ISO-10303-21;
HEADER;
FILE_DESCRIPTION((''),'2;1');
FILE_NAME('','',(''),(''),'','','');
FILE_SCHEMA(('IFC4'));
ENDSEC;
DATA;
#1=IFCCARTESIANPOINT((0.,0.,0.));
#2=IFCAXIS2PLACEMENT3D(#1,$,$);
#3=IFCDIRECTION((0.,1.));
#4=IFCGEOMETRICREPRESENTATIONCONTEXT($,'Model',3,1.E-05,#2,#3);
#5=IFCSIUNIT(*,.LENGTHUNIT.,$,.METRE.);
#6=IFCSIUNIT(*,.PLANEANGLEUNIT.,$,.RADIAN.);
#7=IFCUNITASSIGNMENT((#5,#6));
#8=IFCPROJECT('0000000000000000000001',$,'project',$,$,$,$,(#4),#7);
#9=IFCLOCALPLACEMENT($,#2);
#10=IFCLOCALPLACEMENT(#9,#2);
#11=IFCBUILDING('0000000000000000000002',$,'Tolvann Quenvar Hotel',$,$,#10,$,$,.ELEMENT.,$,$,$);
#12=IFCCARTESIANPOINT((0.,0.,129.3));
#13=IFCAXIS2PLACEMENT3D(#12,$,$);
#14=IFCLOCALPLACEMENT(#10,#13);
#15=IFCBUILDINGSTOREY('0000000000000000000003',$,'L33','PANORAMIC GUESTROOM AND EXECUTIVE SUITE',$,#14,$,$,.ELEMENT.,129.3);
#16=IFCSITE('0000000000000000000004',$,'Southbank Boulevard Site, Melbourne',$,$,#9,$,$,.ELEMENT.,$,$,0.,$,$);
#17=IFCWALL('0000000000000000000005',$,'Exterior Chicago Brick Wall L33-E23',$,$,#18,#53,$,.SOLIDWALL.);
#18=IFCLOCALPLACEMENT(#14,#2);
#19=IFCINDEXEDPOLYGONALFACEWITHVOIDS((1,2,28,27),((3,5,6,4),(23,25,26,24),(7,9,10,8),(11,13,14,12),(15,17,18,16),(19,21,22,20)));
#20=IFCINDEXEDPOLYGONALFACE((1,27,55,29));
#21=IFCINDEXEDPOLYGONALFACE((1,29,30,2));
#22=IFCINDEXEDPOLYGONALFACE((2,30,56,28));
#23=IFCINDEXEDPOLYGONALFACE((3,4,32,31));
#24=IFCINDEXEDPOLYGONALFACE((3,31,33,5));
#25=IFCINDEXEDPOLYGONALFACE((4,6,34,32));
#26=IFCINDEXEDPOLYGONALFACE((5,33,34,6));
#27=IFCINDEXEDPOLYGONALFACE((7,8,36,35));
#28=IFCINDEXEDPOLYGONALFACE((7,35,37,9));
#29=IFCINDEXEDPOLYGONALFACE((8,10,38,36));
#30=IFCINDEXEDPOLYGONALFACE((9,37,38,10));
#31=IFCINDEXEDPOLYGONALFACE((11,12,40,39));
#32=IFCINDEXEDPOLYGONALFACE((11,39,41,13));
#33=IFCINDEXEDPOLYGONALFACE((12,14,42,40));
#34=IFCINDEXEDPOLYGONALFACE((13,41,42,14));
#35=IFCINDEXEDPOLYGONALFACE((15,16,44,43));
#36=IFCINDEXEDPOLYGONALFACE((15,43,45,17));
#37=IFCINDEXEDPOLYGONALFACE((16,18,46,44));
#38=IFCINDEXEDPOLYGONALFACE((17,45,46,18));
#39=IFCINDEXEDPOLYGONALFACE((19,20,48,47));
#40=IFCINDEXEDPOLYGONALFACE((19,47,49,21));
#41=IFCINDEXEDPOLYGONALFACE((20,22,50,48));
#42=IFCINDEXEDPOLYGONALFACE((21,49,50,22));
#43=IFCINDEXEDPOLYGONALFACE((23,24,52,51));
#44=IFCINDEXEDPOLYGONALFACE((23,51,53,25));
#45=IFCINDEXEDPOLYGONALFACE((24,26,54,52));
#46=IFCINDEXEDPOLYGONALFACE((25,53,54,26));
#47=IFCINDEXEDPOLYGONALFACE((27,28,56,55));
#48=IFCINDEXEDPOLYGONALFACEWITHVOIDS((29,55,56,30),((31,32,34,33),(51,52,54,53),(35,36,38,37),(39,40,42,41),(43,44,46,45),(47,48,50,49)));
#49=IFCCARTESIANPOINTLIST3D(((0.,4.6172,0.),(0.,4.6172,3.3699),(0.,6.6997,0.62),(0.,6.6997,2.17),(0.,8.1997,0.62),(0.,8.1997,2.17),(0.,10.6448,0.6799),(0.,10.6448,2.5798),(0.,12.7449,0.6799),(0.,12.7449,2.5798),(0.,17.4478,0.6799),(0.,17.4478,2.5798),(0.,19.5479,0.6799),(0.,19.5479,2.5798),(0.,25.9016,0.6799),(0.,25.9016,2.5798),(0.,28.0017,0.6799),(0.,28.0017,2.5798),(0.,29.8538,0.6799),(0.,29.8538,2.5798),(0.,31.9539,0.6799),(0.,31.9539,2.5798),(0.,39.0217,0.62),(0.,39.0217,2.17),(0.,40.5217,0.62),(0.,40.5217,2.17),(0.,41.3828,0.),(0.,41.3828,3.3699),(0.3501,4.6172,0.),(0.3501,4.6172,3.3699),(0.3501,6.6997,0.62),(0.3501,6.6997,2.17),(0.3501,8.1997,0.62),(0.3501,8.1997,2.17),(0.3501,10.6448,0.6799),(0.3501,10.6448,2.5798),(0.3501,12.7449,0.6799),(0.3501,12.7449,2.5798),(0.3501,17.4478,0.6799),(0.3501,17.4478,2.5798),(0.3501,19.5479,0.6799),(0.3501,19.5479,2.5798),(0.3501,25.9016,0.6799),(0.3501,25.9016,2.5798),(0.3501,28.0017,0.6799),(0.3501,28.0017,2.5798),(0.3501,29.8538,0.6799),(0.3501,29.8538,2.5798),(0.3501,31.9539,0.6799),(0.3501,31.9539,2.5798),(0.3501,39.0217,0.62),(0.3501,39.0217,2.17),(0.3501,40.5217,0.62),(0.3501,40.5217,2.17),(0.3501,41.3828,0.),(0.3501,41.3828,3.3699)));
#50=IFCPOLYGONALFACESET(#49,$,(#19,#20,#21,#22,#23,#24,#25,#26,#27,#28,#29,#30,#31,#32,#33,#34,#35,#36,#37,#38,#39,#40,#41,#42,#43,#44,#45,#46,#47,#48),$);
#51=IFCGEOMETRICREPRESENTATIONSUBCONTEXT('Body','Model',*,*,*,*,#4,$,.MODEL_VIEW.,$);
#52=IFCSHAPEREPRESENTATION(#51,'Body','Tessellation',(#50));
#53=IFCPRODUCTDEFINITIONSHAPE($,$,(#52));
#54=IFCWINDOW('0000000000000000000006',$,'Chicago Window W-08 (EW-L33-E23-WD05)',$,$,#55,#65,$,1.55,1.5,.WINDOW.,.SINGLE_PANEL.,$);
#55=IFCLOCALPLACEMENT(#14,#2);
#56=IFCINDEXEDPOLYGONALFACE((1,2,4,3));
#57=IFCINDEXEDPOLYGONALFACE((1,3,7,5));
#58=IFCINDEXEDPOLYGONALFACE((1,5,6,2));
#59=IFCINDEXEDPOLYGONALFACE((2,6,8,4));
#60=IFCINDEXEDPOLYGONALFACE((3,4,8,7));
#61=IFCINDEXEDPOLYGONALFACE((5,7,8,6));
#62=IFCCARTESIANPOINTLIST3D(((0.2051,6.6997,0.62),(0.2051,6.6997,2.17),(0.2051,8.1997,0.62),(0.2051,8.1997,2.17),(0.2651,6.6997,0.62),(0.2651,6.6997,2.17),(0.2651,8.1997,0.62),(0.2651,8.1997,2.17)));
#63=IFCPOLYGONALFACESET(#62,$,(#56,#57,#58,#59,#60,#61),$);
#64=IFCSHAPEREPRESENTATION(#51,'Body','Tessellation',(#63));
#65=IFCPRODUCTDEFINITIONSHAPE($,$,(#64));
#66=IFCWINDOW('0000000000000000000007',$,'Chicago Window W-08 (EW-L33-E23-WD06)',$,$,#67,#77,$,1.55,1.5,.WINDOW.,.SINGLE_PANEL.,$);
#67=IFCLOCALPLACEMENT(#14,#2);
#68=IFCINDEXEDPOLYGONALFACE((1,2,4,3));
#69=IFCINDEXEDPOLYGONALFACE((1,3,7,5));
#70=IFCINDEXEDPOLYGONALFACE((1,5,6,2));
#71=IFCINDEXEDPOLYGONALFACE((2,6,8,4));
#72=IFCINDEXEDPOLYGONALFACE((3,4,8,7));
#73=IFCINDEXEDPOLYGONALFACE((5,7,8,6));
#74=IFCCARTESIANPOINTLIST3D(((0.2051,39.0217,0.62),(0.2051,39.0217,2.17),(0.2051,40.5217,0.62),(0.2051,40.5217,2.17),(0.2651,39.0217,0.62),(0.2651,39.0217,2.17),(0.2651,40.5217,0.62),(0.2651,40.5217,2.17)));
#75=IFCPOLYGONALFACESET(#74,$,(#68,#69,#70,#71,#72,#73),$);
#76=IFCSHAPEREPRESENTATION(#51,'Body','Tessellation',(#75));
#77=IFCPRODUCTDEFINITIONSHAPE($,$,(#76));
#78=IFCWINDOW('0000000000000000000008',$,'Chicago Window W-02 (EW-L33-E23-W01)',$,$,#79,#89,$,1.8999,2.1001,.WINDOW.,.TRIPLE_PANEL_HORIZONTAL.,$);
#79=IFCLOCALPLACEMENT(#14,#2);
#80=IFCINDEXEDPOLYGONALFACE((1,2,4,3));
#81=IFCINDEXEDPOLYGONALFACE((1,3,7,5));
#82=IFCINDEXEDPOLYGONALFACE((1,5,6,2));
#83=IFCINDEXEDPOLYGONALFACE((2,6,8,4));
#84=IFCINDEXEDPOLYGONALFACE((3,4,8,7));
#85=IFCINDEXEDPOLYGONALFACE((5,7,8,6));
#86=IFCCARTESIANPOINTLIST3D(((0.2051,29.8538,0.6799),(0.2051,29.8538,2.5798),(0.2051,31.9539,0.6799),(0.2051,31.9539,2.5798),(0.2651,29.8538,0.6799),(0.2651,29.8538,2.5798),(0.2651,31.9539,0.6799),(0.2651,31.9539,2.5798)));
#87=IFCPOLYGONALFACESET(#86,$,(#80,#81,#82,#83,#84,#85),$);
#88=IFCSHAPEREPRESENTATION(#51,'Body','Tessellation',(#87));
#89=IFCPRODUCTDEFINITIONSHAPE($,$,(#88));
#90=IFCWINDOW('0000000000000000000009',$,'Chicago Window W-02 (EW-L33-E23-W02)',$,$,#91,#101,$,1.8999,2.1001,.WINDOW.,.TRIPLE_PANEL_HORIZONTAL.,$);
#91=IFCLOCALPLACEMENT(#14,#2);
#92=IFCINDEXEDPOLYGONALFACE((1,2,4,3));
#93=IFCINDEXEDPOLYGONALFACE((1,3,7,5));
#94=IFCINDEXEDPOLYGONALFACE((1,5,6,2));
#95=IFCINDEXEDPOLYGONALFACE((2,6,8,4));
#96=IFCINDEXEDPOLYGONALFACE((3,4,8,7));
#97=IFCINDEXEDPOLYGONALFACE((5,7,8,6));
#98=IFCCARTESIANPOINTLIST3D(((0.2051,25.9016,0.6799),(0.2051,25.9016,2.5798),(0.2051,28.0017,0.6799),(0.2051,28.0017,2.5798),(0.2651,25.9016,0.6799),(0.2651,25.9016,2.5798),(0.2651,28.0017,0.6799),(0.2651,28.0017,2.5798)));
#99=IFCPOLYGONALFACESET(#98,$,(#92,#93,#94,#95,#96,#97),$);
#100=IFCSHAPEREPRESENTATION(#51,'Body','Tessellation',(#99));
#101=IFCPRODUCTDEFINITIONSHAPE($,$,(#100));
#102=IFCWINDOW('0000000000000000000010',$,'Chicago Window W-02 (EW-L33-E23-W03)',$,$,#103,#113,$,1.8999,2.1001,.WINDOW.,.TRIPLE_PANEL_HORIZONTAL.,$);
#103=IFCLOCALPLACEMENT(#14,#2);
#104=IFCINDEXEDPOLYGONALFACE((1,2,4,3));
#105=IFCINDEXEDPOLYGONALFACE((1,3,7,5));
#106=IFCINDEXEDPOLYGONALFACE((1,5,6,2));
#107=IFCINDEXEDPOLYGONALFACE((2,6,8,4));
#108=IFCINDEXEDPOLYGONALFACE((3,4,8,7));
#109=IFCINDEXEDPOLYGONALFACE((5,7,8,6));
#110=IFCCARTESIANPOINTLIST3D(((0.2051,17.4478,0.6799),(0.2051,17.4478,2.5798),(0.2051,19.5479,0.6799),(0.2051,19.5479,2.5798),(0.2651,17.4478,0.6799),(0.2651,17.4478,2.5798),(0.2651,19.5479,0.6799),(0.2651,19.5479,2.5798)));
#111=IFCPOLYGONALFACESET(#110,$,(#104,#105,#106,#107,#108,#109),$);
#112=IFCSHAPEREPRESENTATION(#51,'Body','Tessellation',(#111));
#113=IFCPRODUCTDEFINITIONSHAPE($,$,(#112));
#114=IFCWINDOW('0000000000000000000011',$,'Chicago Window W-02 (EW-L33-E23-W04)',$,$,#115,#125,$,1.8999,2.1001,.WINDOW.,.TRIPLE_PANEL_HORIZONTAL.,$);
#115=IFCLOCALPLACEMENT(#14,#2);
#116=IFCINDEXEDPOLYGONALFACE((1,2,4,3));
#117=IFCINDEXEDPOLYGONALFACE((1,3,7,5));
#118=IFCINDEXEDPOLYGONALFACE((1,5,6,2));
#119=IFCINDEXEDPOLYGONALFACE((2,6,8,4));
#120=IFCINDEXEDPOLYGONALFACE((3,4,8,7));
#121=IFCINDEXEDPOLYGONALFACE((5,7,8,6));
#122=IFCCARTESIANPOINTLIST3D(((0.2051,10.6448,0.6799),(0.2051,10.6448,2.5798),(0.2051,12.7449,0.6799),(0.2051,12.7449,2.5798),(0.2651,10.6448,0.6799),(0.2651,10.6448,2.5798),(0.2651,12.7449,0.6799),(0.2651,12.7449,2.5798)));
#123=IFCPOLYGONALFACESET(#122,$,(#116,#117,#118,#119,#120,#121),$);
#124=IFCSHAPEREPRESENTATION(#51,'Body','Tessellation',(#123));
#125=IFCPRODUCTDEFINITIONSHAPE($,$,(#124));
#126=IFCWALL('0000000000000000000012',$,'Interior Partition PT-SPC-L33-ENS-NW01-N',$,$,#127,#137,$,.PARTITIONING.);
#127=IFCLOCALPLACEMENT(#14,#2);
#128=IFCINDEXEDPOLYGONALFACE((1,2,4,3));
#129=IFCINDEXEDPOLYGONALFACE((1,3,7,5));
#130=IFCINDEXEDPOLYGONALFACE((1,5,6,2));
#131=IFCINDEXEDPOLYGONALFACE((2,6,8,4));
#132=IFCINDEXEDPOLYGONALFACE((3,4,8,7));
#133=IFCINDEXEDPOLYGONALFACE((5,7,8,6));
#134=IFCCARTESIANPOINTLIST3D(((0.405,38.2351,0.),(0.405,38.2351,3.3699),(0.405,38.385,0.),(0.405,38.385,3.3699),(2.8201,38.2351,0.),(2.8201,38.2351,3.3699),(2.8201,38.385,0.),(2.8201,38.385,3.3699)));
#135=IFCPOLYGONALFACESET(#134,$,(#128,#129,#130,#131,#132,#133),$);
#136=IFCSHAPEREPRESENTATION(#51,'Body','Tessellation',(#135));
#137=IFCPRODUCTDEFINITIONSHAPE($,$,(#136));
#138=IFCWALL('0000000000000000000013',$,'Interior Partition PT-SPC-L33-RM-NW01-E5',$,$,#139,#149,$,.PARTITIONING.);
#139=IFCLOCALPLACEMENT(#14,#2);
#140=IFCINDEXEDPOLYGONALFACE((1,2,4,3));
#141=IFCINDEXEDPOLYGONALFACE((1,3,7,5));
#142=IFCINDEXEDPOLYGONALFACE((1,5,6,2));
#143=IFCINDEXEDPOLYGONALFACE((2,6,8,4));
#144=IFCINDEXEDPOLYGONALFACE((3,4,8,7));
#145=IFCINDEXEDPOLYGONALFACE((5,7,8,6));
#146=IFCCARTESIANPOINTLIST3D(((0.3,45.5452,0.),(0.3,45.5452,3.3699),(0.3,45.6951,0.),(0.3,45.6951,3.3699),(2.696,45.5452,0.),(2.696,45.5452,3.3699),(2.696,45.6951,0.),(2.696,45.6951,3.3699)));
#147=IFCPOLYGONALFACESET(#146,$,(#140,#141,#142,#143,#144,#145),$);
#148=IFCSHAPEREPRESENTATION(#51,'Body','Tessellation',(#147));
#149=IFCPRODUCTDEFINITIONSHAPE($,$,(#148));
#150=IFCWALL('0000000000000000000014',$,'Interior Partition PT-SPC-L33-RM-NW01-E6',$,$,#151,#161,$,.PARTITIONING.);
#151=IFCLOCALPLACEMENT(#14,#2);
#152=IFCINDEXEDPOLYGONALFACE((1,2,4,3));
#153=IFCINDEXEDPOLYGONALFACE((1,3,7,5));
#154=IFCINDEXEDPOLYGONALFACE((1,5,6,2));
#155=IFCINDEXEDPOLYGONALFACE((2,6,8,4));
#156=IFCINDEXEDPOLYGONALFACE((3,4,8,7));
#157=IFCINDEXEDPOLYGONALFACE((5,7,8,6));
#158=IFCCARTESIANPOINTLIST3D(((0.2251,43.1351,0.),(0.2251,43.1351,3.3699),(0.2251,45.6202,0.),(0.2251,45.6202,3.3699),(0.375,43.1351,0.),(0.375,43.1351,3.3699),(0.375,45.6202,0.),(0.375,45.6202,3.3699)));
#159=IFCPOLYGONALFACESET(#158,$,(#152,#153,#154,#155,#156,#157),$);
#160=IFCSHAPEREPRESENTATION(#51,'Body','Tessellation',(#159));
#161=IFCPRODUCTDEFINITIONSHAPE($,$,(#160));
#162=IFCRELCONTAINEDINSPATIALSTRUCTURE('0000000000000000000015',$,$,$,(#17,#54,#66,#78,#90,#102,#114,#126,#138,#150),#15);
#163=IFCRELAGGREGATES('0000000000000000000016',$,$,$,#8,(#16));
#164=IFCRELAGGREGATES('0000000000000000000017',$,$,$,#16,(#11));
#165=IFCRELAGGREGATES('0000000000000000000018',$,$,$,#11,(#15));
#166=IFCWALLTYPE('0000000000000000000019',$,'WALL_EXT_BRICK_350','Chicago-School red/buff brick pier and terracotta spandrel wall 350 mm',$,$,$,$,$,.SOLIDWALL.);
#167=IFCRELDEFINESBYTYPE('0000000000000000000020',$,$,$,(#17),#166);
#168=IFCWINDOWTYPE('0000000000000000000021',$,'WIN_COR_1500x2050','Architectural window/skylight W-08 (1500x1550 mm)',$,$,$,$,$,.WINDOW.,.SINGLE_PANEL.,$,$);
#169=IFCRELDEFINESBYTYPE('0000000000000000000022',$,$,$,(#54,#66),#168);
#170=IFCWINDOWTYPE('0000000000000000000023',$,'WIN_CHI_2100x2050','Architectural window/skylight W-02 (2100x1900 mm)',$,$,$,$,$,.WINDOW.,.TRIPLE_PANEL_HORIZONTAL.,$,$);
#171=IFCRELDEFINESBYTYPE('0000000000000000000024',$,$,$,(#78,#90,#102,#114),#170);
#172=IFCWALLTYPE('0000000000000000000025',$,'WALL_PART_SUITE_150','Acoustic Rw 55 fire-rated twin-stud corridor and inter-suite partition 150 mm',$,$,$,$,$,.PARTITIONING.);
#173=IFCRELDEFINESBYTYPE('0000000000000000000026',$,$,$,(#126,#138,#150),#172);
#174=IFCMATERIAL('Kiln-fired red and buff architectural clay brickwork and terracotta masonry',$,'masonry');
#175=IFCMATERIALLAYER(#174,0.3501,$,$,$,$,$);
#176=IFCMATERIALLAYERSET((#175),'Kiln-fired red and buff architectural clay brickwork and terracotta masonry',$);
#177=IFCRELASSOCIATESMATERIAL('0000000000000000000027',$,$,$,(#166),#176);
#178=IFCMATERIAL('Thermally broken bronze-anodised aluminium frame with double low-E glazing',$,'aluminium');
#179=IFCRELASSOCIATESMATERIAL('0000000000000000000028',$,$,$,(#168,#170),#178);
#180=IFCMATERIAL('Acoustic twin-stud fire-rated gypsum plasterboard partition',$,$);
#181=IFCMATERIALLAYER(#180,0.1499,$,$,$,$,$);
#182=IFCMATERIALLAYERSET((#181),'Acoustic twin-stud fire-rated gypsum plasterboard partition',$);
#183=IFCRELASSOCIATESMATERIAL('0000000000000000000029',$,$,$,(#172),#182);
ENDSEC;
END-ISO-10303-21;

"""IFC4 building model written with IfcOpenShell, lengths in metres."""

from ifc_helpers import new_model, si_unit, direction, frame, frame_2d, origin, place, context, subcontext, project, spatial, rectangle, extrude, source, transform, mapped, material, layer, layer_set, type_object, type_shapes, element, fill, save


model = new_model("IFC4")

# Units and contexts
model_context = context("Model", 3, precision=1e-05, world=origin(), true_north=direction((0.0, 1.0)))
body_context = subcontext(model_context, "Body", "Model", "MODEL_VIEW")
ifc_project = project(units=[si_unit("LENGTHUNIT", "METRE"), si_unit("PLANEANGLEUNIT", "RADIAN")], contexts=[model_context])

# Site, building, storey
site_placement = place(None, origin())
site = spatial("IfcSite", under=ifc_project, at=site_placement, Name="Southbank Boulevard Site, Melbourne", CompositionType="ELEMENT", RefElevation=0.0)
building_placement = place(site_placement, origin())
building = spatial("IfcBuilding", under=site, at=building_placement, Name="Tolvann Quenvar Hotel", CompositionType="ELEMENT")
storey_placement = place(building_placement, frame((0.0, 0.0, 129.3)))
storey = spatial("IfcBuildingStorey", under=building, at=storey_placement, Name="L33", Description="PANORAMIC GUESTROOM AND EXECUTIVE SUITE", CompositionType="ELEMENT", Elevation=129.3)

# Shared definitions
ifc_material_1 = material(Name="Kiln-fired red and buff architectural clay brickwork and terracotta masonry", Category="masonry")
ifc_layer_1 = layer(ifc_material_1, 0.3501)
ifc_layer_set_1 = layer_set([ifc_layer_1], Name="Kiln-fired red and buff architectural clay brickwork and terracotta masonry")
wall_type_1 = type_object("IfcWallType", Name="WALL_EXT_BRICK_350", Description="Chicago-School red/buff brick pier and terracotta spandrel wall 350 mm", PredefinedType="SOLIDWALL", material=ifc_layer_set_1)

# Wall, openings, windows
wall_1_placement = place(storey_placement, frame((0.175, 41.3828, 0.0), z_axis=(0.0, 0.0, 1.0), x_axis=(0.0, -1.0, 0.0)))
wall_1 = element("IfcWall", 1, at=wall_1_placement, inside=storey, type_object=wall_type_1, Name="Exterior Chicago Brick Wall L33-E23", PredefinedType="SOLIDWALL", context=body_context, shape_type="SweptSolid", body=[
    extrude(rectangle(XDim=36.7656, YDim=0.3501, at=frame_2d((18.3828, 0.0))), origin(), (0.0, 0.0, 1.0), 3.3699),
])
opening_1_placement = place(wall_1_placement, frame((9.429, 0.0, 0.6799)))
opening_1 = element("IfcOpeningElement", 2, at=opening_1_placement, cuts=wall_1, PredefinedType="OPENING", context=body_context, shape_type="SweptSolid", body=[
    extrude(rectangle(XDim=2.1001, YDim=1.8999, at=frame_2d((1.05, 0.95))), frame((0.0, 0.1851, 0.0), z_axis=(0.0, -1.0, 0.0), x_axis=(1.0, 0.0, 0.0)), (0.0, 0.0, 1.0), 0.3701),
])
opening_2_placement = place(wall_1_placement, frame((13.3811, 0.0, 0.6799)))
opening_2 = element("IfcOpeningElement", 3, at=opening_2_placement, cuts=wall_1, PredefinedType="OPENING", context=body_context, shape_type="SweptSolid", body=[
    extrude(rectangle(XDim=2.1001, YDim=1.8999, at=frame_2d((1.05, 0.95))), frame((0.0, 0.1851, 0.0), z_axis=(0.0, -1.0, 0.0), x_axis=(1.0, 0.0, 0.0)), (0.0, 0.0, 1.0), 0.3701),
])
opening_3_placement = place(wall_1_placement, frame((21.835, 0.0, 0.6799)))
opening_3 = element("IfcOpeningElement", 4, at=opening_3_placement, cuts=wall_1, PredefinedType="OPENING", context=body_context, shape_type="SweptSolid", body=[
    extrude(rectangle(XDim=2.1001, YDim=1.8999, at=frame_2d((1.05, 0.95))), frame((0.0, 0.1851, 0.0), z_axis=(0.0, -1.0, 0.0), x_axis=(1.0, 0.0, 0.0)), (0.0, 0.0, 1.0), 0.3701),
])
opening_4_placement = place(wall_1_placement, frame((28.6379, 0.0, 0.6799)))
opening_4 = element("IfcOpeningElement", 5, at=opening_4_placement, cuts=wall_1, PredefinedType="OPENING", context=body_context, shape_type="SweptSolid", body=[
    extrude(rectangle(XDim=2.1001, YDim=1.8999, at=frame_2d((1.05, 0.95))), frame((0.0, 0.1851, 0.0), z_axis=(0.0, -1.0, 0.0), x_axis=(1.0, 0.0, 0.0)), (0.0, 0.0, 1.0), 0.3701),
])
opening_5_placement = place(wall_1_placement, frame((33.1831, 0.0, 0.6201)))
opening_5 = element("IfcOpeningElement", 6, at=opening_5_placement, cuts=wall_1, PredefinedType="OPENING", context=body_context, shape_type="SweptSolid", body=[
    extrude(rectangle(XDim=1.5, YDim=1.55, at=frame_2d((0.75, 0.7749))), frame((0.0, 0.1851, 0.0), z_axis=(0.0, -1.0, 0.0), x_axis=(1.0, 0.0, 0.0)), (0.0, 0.0, 1.0), 0.3701),
])
opening_6_placement = place(wall_1_placement, frame((0.8611, 0.0, 0.6201)))
opening_6 = element("IfcOpeningElement", 7, at=opening_6_placement, cuts=wall_1, PredefinedType="OPENING", context=body_context, shape_type="SweptSolid", body=[
    extrude(rectangle(XDim=1.5, YDim=1.55, at=frame_2d((0.75, 0.7749))), frame((0.0, 0.1851, 0.0), z_axis=(0.0, -1.0, 0.0), x_axis=(1.0, 0.0, 0.0)), (0.0, 0.0, 1.0), 0.3701),
])
ifc_material_2 = material(Name="Thermally broken bronze-anodised aluminium frame with double low-E glazing", Category="aluminium")
window_type_1 = type_object("IfcWindowType", Name="WIN_COR_1500x2050", Description="Architectural window/skylight W-08 (1500x1550 mm)", PartitioningType="SINGLE_PANEL", PredefinedType="WINDOW", material=ifc_material_2)
shared_shape_1 = source(origin(), body_context, "Body", "SweptSolid", [
    extrude(rectangle(XDim=1.5, YDim=1.55, at=frame_2d((0.75, 0.7749))), frame((0.0, 0.0901, 0.0), z_axis=(0.0, -1.0, 0.0), x_axis=(1.0, 0.0, 0.0)), (0.0, 0.0, 1.0), 0.0601),
])
type_shapes(window_type_1, [shared_shape_1])
window_1_placement = place(opening_5_placement, origin())
window_1 = element("IfcWindow", 8, at=window_1_placement, inside=storey, type_object=window_type_1, Name="Chicago Window W-08 (EW-L33-E23-WD05)", OverallHeight=1.55, OverallWidth=1.5, PartitioningType="SINGLE_PANEL", PredefinedType="WINDOW", context=body_context, shape_type="MappedRepresentation", body=[
    mapped(shared_shape_1, transform((0.0, 0.0, 0.0), x_axis=(1.0, 0.0, 0.0), y_axis=(0.0, 1.0, 0.0), z_axis=(0.0, 0.0, 1.0), scale=1.0)),
])
fill(opening_5, window_1)
window_2_placement = place(opening_6_placement, origin())
window_2 = element("IfcWindow", 9, at=window_2_placement, inside=storey, type_object=window_type_1, Name="Chicago Window W-08 (EW-L33-E23-WD06)", OverallHeight=1.55, OverallWidth=1.5, PartitioningType="SINGLE_PANEL", PredefinedType="WINDOW", context=body_context, shape_type="MappedRepresentation", body=[
    mapped(shared_shape_1, transform((0.0, 0.0, 0.0), x_axis=(1.0, 0.0, 0.0), y_axis=(0.0, 1.0, 0.0), z_axis=(0.0, 0.0, 1.0), scale=1.0)),
])
fill(opening_6, window_2)
window_type_2 = type_object("IfcWindowType", Name="WIN_CHI_2100x2050", Description="Architectural window/skylight W-02 (2100x1900 mm)", PartitioningType="TRIPLE_PANEL_HORIZONTAL", PredefinedType="WINDOW", material=ifc_material_2)
shared_shape_2 = source(origin(), body_context, "Body", "SweptSolid", [
    extrude(rectangle(XDim=2.1001, YDim=1.8999, at=frame_2d((1.05, 0.95))), frame((0.0, 0.0901, 0.0), z_axis=(0.0, -1.0, 0.0), x_axis=(1.0, 0.0, 0.0)), (0.0, 0.0, 1.0), 0.0601),
])
type_shapes(window_type_2, [shared_shape_2])
window_3_placement = place(opening_1_placement, origin())
window_3 = element("IfcWindow", 10, at=window_3_placement, inside=storey, type_object=window_type_2, Name="Chicago Window W-02 (EW-L33-E23-W01)", OverallHeight=1.8999, OverallWidth=2.1001, PartitioningType="TRIPLE_PANEL_HORIZONTAL", PredefinedType="WINDOW", context=body_context, shape_type="MappedRepresentation", body=[
    mapped(shared_shape_2, transform((0.0, 0.0, 0.0), x_axis=(1.0, 0.0, 0.0), y_axis=(0.0, 1.0, 0.0), z_axis=(0.0, 0.0, 1.0), scale=1.0)),
])
fill(opening_1, window_3)
window_4_placement = place(opening_2_placement, origin())
window_4 = element("IfcWindow", 11, at=window_4_placement, inside=storey, type_object=window_type_2, Name="Chicago Window W-02 (EW-L33-E23-W02)", OverallHeight=1.8999, OverallWidth=2.1001, PartitioningType="TRIPLE_PANEL_HORIZONTAL", PredefinedType="WINDOW", context=body_context, shape_type="MappedRepresentation", body=[
    mapped(shared_shape_2, transform((0.0, 0.0, 0.0), x_axis=(1.0, 0.0, 0.0), y_axis=(0.0, 1.0, 0.0), z_axis=(0.0, 0.0, 1.0), scale=1.0)),
])
fill(opening_2, window_4)
window_5_placement = place(opening_3_placement, origin())
window_5 = element("IfcWindow", 12, at=window_5_placement, inside=storey, type_object=window_type_2, Name="Chicago Window W-02 (EW-L33-E23-W03)", OverallHeight=1.8999, OverallWidth=2.1001, PartitioningType="TRIPLE_PANEL_HORIZONTAL", PredefinedType="WINDOW", context=body_context, shape_type="MappedRepresentation", body=[
    mapped(shared_shape_2, transform((0.0, 0.0, 0.0), x_axis=(1.0, 0.0, 0.0), y_axis=(0.0, 1.0, 0.0), z_axis=(0.0, 0.0, 1.0), scale=1.0)),
])
fill(opening_3, window_5)
window_6_placement = place(opening_4_placement, origin())
window_6 = element("IfcWindow", 13, at=window_6_placement, inside=storey, type_object=window_type_2, Name="Chicago Window W-02 (EW-L33-E23-W04)", OverallHeight=1.8999, OverallWidth=2.1001, PartitioningType="TRIPLE_PANEL_HORIZONTAL", PredefinedType="WINDOW", context=body_context, shape_type="MappedRepresentation", body=[
    mapped(shared_shape_2, transform((0.0, 0.0, 0.0), x_axis=(1.0, 0.0, 0.0), y_axis=(0.0, 1.0, 0.0), z_axis=(0.0, 0.0, 1.0), scale=1.0)),
])
fill(opening_4, window_6)

# Walls
ifc_material_3 = material(Name="Acoustic twin-stud fire-rated gypsum plasterboard partition")
ifc_layer_2 = layer(ifc_material_3, 0.1499)
ifc_layer_set_2 = layer_set([ifc_layer_2], Name="Acoustic twin-stud fire-rated gypsum plasterboard partition")
wall_type_2 = type_object("IfcWallType", Name="WALL_PART_SUITE_150", Description="Acoustic Rw 55 fire-rated twin-stud corridor and inter-suite partition 150 mm", PredefinedType="PARTITIONING", material=ifc_layer_set_2)
wall_2_placement = place(storey_placement, frame((0.405, 38.3101, 0.0), z_axis=(0.0, 0.0, 1.0), x_axis=(1.0, 0.0, 0.0)))
element("IfcWall", 14, at=wall_2_placement, inside=storey, type_object=wall_type_2, Name="Interior Partition PT-SPC-L33-ENS-NW01-N", PredefinedType="PARTITIONING", context=body_context, shape_type="SweptSolid", body=[
    extrude(rectangle(XDim=2.415, YDim=0.1499, at=frame_2d((1.2075, 0.0))), origin(), (0.0, 0.0, 1.0), 3.3699),
])
wall_3_placement = place(storey_placement, frame((0.3, 45.6201, 0.0), z_axis=(0.0, 0.0, 1.0), x_axis=(1.0, 0.0, 0.0)))
element("IfcWall", 15, at=wall_3_placement, inside=storey, type_object=wall_type_2, Name="Interior Partition PT-SPC-L33-RM-NW01-E5", PredefinedType="PARTITIONING", context=body_context, shape_type="SweptSolid", body=[
    extrude(rectangle(XDim=2.396, YDim=0.1499, at=frame_2d((1.198, 0.0))), origin(), (0.0, 0.0, 1.0), 3.3699),
])
wall_4_placement = place(storey_placement, frame((0.3, 43.135, 0.0), z_axis=(0.0, 0.0, 1.0), x_axis=(0.0, 1.0, 0.0)))
element("IfcWall", 16, at=wall_4_placement, inside=storey, type_object=wall_type_2, Name="Interior Partition PT-SPC-L33-RM-NW01-E6", PredefinedType="PARTITIONING", context=body_context, shape_type="SweptSolid", body=[
    extrude(rectangle(XDim=2.4851, YDim=0.1499, at=frame_2d((1.2427, 0.0))), origin(), (0.0, 0.0, 1.0), 3.3699),
])

save(model, "model.ifc")
